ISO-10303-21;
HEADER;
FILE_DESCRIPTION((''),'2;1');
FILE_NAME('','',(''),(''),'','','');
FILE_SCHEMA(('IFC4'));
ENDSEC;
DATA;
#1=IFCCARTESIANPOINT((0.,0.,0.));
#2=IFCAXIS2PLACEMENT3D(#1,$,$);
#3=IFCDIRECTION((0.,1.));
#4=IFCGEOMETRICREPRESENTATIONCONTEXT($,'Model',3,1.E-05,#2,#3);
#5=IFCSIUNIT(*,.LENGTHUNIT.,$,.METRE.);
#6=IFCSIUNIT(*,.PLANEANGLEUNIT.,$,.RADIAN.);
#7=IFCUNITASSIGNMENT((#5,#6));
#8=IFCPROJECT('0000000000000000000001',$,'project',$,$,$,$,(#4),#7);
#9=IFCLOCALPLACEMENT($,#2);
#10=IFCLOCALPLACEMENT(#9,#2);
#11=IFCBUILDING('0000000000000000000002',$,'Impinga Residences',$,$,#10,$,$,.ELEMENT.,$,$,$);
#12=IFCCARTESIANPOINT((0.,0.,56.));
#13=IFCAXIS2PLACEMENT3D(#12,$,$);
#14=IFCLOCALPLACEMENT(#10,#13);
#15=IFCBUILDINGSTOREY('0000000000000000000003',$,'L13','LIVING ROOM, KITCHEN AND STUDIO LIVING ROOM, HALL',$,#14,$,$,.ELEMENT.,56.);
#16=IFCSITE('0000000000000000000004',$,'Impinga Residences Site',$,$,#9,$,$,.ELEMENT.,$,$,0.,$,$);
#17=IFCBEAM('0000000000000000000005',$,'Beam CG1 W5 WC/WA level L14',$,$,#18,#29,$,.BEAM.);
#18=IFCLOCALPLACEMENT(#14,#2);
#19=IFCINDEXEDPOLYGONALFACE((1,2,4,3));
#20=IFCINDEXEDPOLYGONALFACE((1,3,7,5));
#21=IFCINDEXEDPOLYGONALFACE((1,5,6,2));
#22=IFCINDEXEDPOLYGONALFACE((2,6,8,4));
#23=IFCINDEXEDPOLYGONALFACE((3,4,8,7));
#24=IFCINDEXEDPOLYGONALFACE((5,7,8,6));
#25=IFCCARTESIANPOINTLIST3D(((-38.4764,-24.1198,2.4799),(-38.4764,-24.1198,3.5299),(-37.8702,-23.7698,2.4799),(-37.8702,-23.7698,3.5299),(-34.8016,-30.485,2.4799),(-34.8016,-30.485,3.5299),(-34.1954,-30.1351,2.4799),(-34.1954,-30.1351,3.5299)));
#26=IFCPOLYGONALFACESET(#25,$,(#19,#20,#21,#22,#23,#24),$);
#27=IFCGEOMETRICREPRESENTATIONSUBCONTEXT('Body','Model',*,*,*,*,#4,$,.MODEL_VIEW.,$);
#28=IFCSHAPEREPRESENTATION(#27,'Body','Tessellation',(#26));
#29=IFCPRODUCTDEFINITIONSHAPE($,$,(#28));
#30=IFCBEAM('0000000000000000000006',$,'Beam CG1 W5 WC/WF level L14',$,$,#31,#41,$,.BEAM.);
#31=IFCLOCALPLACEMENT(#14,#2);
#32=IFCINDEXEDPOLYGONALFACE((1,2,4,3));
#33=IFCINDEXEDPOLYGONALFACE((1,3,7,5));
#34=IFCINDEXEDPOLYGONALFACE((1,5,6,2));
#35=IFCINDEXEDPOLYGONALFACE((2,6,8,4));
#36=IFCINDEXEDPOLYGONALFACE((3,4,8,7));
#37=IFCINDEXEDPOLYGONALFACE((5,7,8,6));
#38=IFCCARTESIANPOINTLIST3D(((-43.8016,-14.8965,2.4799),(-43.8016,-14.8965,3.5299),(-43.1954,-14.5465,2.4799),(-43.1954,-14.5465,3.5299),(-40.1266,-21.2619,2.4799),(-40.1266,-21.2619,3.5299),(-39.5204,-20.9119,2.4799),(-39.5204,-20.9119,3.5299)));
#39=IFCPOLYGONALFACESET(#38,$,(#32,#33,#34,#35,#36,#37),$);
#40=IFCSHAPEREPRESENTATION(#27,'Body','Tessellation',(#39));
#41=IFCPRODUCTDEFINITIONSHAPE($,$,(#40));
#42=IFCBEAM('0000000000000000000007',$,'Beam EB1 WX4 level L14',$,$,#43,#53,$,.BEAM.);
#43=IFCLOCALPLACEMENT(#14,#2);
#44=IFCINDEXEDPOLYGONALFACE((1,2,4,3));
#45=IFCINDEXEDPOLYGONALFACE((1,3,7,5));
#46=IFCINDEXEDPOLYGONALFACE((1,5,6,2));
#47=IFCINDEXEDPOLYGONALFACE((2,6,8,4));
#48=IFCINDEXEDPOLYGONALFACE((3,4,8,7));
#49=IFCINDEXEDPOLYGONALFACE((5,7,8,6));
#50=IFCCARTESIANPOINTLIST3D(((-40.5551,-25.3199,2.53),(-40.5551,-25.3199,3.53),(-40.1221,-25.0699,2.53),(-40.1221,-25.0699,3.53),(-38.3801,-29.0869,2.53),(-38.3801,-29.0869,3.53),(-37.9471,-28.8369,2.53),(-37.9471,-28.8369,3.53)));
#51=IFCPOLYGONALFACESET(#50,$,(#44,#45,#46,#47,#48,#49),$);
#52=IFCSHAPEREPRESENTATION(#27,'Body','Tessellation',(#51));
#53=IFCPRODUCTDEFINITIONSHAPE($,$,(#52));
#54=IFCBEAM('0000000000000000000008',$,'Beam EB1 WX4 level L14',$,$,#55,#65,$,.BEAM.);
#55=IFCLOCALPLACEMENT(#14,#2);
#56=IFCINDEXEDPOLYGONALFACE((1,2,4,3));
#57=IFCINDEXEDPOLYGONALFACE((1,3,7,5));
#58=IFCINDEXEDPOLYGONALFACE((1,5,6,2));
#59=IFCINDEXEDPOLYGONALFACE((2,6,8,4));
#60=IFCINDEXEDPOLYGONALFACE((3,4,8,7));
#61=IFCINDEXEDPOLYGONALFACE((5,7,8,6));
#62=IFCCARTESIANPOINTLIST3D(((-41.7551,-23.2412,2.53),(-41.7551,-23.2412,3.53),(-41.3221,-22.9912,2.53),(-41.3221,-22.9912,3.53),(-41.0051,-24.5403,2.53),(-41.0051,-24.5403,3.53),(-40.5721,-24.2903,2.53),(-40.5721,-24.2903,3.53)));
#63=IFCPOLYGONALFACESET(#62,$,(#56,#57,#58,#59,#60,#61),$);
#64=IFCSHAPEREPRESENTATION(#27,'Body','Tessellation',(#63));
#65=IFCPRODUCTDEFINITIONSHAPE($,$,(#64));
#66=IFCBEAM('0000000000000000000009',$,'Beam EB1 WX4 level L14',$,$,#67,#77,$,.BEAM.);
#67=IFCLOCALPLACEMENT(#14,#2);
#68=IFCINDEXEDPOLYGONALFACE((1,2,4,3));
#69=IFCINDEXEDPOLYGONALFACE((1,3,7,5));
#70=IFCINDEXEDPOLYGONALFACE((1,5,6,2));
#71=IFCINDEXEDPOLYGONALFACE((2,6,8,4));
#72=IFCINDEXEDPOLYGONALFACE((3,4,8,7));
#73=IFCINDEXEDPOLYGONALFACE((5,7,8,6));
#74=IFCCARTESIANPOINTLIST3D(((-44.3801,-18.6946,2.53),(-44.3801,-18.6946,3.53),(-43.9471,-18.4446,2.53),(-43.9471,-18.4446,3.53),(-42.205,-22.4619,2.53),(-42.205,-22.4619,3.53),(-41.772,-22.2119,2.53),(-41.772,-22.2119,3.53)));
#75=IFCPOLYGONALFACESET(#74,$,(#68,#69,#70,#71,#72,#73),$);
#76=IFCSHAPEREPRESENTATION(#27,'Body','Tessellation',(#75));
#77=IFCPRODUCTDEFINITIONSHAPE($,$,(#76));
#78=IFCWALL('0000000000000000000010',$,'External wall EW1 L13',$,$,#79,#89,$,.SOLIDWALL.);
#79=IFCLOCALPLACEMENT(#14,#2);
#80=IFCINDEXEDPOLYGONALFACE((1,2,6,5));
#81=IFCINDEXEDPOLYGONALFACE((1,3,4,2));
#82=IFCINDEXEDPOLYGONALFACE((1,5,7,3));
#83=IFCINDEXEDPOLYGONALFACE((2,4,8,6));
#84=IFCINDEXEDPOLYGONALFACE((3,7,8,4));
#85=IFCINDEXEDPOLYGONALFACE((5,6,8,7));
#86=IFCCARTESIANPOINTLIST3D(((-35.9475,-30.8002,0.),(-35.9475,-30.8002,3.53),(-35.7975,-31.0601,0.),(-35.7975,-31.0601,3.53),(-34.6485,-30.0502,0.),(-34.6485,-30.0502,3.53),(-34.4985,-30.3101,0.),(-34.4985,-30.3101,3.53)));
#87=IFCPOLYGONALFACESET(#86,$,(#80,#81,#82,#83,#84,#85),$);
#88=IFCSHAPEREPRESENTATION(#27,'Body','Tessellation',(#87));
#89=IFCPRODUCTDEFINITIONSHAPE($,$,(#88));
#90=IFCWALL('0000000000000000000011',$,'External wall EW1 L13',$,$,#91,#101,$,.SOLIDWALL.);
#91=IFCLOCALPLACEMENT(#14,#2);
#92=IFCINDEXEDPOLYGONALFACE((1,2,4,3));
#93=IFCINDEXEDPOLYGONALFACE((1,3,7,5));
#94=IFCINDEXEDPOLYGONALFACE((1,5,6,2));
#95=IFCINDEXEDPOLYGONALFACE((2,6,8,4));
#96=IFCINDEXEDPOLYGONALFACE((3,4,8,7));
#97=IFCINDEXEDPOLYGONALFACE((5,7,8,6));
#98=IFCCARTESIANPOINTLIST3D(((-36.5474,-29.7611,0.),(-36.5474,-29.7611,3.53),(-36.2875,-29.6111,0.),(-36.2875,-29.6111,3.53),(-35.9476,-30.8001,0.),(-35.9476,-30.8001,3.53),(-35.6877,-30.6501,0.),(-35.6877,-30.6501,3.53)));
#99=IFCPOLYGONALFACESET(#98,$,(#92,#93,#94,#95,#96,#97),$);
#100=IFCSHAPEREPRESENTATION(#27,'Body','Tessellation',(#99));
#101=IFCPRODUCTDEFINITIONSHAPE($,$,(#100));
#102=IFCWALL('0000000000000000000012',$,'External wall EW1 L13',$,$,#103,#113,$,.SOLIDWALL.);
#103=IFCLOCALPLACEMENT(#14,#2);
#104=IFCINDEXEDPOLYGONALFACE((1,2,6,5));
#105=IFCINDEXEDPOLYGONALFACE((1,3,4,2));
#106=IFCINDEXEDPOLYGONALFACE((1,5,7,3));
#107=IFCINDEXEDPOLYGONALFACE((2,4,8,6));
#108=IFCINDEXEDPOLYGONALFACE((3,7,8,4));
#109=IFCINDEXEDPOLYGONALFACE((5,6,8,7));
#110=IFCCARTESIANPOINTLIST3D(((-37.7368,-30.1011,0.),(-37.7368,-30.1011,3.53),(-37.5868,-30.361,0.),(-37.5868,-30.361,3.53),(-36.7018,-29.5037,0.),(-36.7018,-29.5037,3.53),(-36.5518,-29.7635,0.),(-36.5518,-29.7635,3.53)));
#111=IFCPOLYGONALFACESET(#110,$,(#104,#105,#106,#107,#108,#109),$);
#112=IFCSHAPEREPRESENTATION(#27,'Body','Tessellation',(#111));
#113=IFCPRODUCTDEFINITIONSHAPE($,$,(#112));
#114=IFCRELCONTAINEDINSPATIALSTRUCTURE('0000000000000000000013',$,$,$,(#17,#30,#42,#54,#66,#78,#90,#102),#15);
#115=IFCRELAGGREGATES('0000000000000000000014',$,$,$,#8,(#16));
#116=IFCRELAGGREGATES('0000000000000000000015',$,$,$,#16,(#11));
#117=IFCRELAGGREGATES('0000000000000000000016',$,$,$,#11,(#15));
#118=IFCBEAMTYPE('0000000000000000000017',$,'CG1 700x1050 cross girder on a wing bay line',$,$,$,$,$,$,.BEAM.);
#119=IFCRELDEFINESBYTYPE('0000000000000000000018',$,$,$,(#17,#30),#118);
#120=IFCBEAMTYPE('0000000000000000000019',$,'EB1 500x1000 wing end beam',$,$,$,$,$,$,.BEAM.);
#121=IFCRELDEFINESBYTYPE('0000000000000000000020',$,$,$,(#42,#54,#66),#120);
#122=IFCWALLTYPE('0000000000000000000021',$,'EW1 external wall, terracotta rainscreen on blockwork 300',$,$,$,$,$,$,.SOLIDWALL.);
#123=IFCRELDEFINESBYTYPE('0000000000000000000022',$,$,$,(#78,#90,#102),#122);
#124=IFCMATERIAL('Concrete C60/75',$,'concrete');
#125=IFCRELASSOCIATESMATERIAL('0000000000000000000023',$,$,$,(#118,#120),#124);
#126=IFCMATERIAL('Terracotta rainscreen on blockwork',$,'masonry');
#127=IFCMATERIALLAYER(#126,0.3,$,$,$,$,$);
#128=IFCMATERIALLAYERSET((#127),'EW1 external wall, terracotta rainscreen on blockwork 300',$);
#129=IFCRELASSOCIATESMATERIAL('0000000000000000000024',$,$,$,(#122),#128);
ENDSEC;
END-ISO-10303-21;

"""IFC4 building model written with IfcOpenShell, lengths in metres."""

from ifc_helpers import new_model, si_unit, direction, frame, frame_2d, origin, origin_2d, place, context, subcontext, project, spatial, rectangle, extrude, material, layer, layer_set, material_profile, profile_set, type_object, element, save


model = new_model("IFC4")

# Units and contexts
model_context = context("Model", 3, precision=1e-05, world=origin(), true_north=direction((0.0, 1.0)))
body_context = subcontext(model_context, "Body", "Model", "MODEL_VIEW")
ifc_project = project(units=[si_unit("LENGTHUNIT", "METRE"), si_unit("PLANEANGLEUNIT", "RADIAN")], contexts=[model_context])

# Site, building, storey
site_placement = place(None, origin())
site = spatial("IfcSite", under=ifc_project, at=site_placement, Name="Impinga Residences Site", CompositionType="ELEMENT", RefElevation=0.0)
building_placement = place(site_placement, origin())
building = spatial("IfcBuilding", under=site, at=building_placement, Name="Impinga Residences", CompositionType="ELEMENT")
storey_placement = place(building_placement, frame((0.0, 0.0, 56.0)))
storey = spatial("IfcBuildingStorey", under=building, at=storey_placement, Name="L13", Description="LIVING ROOM, KITCHEN AND STUDIO LIVING ROOM, HALL", CompositionType="ELEMENT", Elevation=56.0)

# Beams
ifc_material_1 = material(Name="Concrete C60/75", Category="concrete")
ifc_material_profile_1 = material_profile(ifc_material_1, rectangle(XDim=0.7, YDim=1.05, at=origin_2d()), Name="RC 700x1050")
ifc_profile_set_1 = profile_set([ifc_material_profile_1], Name="Concrete C60/75")
beam_type_1 = type_object("IfcBeamType", Name="CG1 700x1050 cross girder on a wing bay line", PredefinedType="BEAM", material=ifc_profile_set_1)
beam_1_placement = place(storey_placement, frame((-38.1733, -23.9448, 3.0049), z_axis=(0.499983, -0.866035, 0.0), x_axis=(0.866035, 0.499983, 0.0)))
element("IfcBeam", 1, at=beam_1_placement, inside=storey, type_object=beam_type_1, Name="Beam CG1 W5 WC/WA level L14", PredefinedType="BEAM", context=body_context, shape_type="SweptSolid", body=[
    extrude(rectangle(XDim=0.7, YDim=1.05, at=origin_2d()), origin(), (0.0, 0.0, 1.0), 7.3499),
])
beam_2_placement = place(storey_placement, frame((-39.8235, -21.0869, 3.0049), z_axis=(-0.499994, 0.866029, 0.0), x_axis=(-0.866029, -0.499994, 0.0)))
element("IfcBeam", 2, at=beam_2_placement, inside=storey, type_object=beam_type_1, Name="Beam CG1 W5 WC/WF level L14", PredefinedType="BEAM", context=body_context, shape_type="SweptSolid", body=[
    extrude(rectangle(XDim=0.7, YDim=1.05, at=origin_2d()), origin(), (0.0, 0.0, 1.0), 7.3501),
])
ifc_material_profile_2 = material_profile(ifc_material_1, rectangle(XDim=0.5, YDim=1.0, at=origin_2d()), Name="RC 500x1000")
ifc_profile_set_2 = profile_set([ifc_material_profile_2], Name="Concrete C60/75")
beam_type_2 = type_object("IfcBeamType", Name="EB1 500x1000 wing end beam", PredefinedType="BEAM", material=ifc_profile_set_2)
beam_3_placement = place(storey_placement, frame((-38.1636, -28.9619, 3.03), z_axis=(-0.50002, 0.866014, 0.0), x_axis=(-0.866014, -0.50002, 0.0)))
element("IfcBeam", 3, at=beam_3_placement, inside=storey, type_object=beam_type_2, Name="Beam EB1 WX4 level L14", PredefinedType="BEAM", context=body_context, shape_type="SweptSolid", body=[
    extrude(rectangle(XDim=0.5, YDim=1.0, at=origin_2d()), origin(), (0.0, 0.0, 1.0), 4.3499),
])
beam_4_placement = place(storey_placement, frame((-40.7886, -24.4153, 3.03), z_axis=(-0.49999, 0.866031, 0.0), x_axis=(-0.866031, -0.49999, 0.0)))
element("IfcBeam", 4, at=beam_4_placement, inside=storey, type_object=beam_type_2, Name="Beam EB1 WX4 level L14", PredefinedType="BEAM", context=body_context, shape_type="SweptSolid", body=[
    extrude(rectangle(XDim=0.5, YDim=1.0, at=origin_2d()), origin(), (0.0, 0.0, 1.0), 1.5),
])
beam_5_placement = place(storey_placement, frame((-41.9885, -22.3369, 3.03), z_axis=(-0.499996, 0.866028, 0.0), x_axis=(-0.866028, -0.499996, 0.0)))
element("IfcBeam", 5, at=beam_5_placement, inside=storey, type_object=beam_type_2, Name="Beam EB1 WX4 level L14", PredefinedType="BEAM", context=body_context, shape_type="SweptSolid", body=[
    extrude(rectangle(XDim=0.5, YDim=1.0, at=origin_2d()), origin(), (0.0, 0.0, 1.0), 4.3501),
])

# Walls
ifc_material_2 = material(Name="Terracotta rainscreen on blockwork", Category="masonry")
ifc_layer_1 = layer(ifc_material_2, 0.3)
ifc_layer_set_1 = layer_set([ifc_layer_1], Name="EW1 external wall, terracotta rainscreen on blockwork 300")
wall_type_1 = type_object("IfcWallType", Name="EW1 external wall, terracotta rainscreen on blockwork 300", PredefinedType="SOLIDWALL", material=ifc_layer_set_1)
wall_1_placement = place(storey_placement, frame((-34.5735, -30.1802, 0.0), z_axis=(0.0, 0.0, 1.0), x_axis=(-0.866031, -0.49999, 0.0)))
element("IfcWall", 6, at=wall_1_placement, inside=storey, type_object=wall_type_1, Name="External wall EW1 L13", PredefinedType="SOLIDWALL", context=body_context, shape_type="SweptSolid", body=[
    extrude(rectangle(XDim=1.5, YDim=0.3, at=frame_2d((0.75, 0.0))), origin(), (0.0, 0.0, 1.0), 3.53),
])
wall_2_placement = place(storey_placement, frame((-35.8176, -30.7251, 0.0), z_axis=(0.0, 0.0, 1.0), x_axis=(-0.499969, 0.866043, 0.0)))
element("IfcWall", 7, at=wall_2_placement, inside=storey, type_object=wall_type_1, Name="External wall EW1 L13", PredefinedType="SOLIDWALL", context=body_context, shape_type="SweptSolid", body=[
    extrude(rectangle(XDim=1.1997, YDim=0.3, at=frame_2d((0.5999, 0.0))), origin(), (0.0, 0.0, 1.0), 3.53),
])
wall_3_placement = place(storey_placement, frame((-36.6267, -29.6335, 0.0), z_axis=(0.0, 0.0, 1.0), x_axis=(-0.86606, -0.499941, 0.0)))
element("IfcWall", 8, at=wall_3_placement, inside=storey, type_object=wall_type_1, Name="External wall EW1 L13", PredefinedType="SOLIDWALL", context=body_context, shape_type="SweptSolid", body=[
    extrude(rectangle(XDim=1.1951, YDim=0.3, at=frame_2d((0.5977, 0.0))), origin(), (0.0, 0.0, 1.0), 3.53),
])

save(model, "model.ifc")
